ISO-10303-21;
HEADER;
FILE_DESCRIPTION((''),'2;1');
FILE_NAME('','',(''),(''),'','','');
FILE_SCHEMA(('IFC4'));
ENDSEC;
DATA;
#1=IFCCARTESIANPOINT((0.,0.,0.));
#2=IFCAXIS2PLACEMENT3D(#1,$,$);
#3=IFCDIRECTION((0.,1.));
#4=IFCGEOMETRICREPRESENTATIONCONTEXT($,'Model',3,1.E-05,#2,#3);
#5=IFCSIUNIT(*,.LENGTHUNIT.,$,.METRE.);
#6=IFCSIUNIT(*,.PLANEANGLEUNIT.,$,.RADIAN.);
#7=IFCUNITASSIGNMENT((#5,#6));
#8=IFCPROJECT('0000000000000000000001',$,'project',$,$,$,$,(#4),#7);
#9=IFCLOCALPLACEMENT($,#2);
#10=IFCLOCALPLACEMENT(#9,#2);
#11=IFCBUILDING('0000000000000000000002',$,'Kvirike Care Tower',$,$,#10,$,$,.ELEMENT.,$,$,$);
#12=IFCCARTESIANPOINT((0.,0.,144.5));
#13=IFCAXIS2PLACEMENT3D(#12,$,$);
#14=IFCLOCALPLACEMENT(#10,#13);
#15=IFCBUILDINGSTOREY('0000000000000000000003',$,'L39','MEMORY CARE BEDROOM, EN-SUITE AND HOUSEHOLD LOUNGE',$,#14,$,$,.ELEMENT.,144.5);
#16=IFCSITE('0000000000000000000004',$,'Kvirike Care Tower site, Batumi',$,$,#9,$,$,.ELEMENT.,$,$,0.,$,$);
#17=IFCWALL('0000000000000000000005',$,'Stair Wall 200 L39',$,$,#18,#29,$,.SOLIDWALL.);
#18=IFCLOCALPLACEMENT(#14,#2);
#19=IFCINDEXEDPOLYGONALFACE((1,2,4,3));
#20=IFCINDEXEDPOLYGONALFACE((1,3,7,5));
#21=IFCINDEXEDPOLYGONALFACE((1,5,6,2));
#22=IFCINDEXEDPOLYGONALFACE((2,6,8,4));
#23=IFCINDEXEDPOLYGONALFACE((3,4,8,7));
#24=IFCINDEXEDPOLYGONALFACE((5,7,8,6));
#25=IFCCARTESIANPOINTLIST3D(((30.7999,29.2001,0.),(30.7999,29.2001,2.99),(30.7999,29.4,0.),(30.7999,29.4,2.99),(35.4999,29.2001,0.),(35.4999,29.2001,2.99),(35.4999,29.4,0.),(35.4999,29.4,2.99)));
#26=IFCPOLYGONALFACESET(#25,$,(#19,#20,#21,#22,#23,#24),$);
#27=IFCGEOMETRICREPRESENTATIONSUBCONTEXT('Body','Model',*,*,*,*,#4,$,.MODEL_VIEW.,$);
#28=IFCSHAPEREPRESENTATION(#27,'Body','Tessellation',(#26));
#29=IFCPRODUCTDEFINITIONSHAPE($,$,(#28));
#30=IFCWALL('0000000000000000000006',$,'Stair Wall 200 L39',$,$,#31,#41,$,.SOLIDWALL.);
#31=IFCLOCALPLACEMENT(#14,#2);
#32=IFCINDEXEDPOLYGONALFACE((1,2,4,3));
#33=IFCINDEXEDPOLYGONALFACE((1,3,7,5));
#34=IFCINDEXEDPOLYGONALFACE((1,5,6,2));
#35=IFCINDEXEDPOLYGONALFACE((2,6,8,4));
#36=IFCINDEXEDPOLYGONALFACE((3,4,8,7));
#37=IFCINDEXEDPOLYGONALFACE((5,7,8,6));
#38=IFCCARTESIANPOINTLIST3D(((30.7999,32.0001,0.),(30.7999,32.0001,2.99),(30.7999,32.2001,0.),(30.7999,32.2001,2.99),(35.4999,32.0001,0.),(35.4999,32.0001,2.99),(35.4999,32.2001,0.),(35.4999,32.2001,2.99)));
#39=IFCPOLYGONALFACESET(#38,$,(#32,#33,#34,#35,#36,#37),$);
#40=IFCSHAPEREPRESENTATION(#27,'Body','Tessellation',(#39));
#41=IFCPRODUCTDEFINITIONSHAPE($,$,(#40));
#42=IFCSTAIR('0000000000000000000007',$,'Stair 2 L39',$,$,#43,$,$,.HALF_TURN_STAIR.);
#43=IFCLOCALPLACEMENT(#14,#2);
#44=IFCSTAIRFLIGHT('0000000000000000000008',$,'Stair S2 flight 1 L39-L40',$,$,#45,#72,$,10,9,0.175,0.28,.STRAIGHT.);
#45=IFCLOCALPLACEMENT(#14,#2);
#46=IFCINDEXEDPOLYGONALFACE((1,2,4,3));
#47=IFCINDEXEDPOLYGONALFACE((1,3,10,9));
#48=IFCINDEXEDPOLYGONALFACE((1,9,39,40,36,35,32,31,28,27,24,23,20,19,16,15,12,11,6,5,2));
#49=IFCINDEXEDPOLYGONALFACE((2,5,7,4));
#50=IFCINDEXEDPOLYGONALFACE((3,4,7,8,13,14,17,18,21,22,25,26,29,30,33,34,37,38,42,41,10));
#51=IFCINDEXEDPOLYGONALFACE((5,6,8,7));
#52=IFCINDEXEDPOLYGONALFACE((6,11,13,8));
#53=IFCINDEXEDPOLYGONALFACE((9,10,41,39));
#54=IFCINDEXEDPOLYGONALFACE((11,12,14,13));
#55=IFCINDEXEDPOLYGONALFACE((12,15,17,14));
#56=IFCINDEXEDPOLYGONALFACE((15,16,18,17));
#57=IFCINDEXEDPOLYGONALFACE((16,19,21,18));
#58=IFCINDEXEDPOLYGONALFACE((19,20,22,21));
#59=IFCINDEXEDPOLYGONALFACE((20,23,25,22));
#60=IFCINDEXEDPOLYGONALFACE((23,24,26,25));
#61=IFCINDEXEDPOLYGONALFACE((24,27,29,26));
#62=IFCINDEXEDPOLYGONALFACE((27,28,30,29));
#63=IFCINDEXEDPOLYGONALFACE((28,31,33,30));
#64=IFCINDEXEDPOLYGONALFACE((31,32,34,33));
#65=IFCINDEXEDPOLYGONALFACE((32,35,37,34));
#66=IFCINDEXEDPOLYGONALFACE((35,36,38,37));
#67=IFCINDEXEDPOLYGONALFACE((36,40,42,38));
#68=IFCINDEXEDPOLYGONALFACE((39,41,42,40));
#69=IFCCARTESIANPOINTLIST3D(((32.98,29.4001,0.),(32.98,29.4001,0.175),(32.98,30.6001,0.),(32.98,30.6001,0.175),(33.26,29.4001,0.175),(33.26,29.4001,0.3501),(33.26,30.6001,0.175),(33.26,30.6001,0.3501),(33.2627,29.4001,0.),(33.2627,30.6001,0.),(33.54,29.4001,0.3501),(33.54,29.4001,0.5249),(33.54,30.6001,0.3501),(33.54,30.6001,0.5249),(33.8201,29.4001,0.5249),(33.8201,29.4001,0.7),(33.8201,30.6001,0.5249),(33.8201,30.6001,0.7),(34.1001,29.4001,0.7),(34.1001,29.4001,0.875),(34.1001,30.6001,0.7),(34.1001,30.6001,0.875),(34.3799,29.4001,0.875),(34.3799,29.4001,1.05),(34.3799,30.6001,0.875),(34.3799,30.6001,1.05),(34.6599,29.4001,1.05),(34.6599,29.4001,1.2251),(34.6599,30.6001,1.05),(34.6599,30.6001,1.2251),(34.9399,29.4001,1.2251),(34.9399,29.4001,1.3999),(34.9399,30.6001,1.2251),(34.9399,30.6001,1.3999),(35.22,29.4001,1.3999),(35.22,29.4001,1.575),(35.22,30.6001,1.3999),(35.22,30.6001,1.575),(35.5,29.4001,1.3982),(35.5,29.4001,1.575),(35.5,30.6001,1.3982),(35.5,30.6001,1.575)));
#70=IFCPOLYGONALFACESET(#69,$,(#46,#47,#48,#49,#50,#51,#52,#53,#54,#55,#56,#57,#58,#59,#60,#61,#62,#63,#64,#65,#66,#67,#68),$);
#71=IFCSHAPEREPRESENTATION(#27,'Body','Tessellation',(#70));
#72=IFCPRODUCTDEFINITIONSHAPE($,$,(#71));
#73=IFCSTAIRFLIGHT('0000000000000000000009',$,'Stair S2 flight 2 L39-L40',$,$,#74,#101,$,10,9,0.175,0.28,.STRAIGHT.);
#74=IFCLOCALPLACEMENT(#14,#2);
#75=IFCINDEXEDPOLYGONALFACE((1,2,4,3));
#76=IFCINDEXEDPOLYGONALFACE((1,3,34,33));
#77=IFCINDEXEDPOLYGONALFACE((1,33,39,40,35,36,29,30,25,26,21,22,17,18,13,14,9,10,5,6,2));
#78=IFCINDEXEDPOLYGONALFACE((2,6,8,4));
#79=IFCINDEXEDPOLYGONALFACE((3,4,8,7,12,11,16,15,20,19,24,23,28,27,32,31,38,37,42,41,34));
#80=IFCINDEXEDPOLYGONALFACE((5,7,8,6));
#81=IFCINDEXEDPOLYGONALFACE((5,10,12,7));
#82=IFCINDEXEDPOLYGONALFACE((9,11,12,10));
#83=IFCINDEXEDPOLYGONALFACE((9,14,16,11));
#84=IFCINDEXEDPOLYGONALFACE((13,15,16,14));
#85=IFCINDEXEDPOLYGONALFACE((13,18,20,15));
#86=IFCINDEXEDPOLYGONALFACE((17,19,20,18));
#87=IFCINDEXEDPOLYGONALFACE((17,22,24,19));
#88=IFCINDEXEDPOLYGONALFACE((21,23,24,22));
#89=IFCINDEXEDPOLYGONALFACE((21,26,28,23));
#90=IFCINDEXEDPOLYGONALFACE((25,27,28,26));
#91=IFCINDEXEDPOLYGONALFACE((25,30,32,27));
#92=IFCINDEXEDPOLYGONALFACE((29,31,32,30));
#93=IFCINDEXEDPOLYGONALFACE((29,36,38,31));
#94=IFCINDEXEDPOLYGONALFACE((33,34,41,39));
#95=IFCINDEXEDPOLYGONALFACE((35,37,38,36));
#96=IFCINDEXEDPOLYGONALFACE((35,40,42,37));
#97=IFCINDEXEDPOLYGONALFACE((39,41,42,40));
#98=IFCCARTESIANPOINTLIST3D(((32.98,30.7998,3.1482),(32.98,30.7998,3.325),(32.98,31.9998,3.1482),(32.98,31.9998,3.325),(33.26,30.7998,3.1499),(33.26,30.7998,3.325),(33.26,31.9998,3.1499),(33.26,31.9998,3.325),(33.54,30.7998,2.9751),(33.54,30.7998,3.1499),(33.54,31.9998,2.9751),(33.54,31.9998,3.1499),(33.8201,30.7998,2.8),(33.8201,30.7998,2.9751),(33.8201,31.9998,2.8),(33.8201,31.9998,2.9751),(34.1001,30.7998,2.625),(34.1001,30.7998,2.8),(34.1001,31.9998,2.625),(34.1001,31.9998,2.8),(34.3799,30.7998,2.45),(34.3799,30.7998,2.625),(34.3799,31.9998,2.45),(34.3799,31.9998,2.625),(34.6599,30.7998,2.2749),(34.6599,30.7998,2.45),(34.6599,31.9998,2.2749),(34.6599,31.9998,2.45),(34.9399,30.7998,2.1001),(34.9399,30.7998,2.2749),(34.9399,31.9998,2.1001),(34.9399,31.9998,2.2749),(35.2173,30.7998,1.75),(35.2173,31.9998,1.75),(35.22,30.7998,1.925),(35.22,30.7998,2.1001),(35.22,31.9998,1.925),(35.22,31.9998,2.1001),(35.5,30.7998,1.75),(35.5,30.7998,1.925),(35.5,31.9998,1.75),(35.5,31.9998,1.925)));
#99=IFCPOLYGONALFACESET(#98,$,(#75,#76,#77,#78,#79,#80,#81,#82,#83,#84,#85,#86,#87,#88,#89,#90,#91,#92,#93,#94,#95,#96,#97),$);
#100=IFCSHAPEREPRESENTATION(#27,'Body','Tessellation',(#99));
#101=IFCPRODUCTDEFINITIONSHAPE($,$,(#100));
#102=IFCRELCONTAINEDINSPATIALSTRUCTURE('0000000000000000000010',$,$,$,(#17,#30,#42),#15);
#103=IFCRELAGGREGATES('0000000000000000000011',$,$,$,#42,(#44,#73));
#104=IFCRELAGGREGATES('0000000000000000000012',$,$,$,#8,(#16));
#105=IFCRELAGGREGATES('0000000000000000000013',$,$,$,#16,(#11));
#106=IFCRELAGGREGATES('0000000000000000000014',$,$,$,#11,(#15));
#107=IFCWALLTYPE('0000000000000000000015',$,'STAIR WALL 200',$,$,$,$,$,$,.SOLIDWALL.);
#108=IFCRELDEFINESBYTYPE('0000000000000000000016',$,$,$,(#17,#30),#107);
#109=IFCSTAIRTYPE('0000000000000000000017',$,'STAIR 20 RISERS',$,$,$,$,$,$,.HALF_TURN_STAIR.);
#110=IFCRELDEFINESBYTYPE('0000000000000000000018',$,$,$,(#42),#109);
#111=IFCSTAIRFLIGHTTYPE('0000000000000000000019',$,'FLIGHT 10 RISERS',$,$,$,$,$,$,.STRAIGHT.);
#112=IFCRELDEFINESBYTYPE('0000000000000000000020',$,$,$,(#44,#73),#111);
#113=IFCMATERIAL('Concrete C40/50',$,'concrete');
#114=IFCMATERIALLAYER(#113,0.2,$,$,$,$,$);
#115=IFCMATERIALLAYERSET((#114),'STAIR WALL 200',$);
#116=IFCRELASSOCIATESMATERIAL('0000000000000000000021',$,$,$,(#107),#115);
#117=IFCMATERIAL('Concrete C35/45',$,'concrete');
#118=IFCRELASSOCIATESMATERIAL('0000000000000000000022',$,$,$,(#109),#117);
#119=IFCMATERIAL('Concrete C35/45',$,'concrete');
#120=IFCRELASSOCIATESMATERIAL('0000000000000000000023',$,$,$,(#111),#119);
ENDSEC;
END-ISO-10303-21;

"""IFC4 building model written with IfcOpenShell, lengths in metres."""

from ifc_helpers import new_model, si_unit, direction, frame, frame_2d, origin, place, context, subcontext, project, spatial, polyline, rectangle, outline, extrude, material, layer, layer_set, type_object, element, aggregate, save


model = new_model("IFC4")

# Units and contexts
model_context = context("Model", 3, precision=1e-05, world=origin(), true_north=direction((0.0, 1.0)))
body_context = subcontext(model_context, "Body", "Model", "MODEL_VIEW")
ifc_project = project(units=[si_unit("LENGTHUNIT", "METRE"), si_unit("PLANEANGLEUNIT", "RADIAN")], contexts=[model_context])

# Site, building, storey
site_placement = place(None, origin())
site = spatial("IfcSite", under=ifc_project, at=site_placement, Name="Kvirike Care Tower site, Batumi", CompositionType="ELEMENT", RefElevation=0.0)
building_placement = place(site_placement, origin())
building = spatial("IfcBuilding", under=site, at=building_placement, Name="Kvirike Care Tower", CompositionType="ELEMENT")
storey_placement = place(building_placement, frame((0.0, 0.0, 144.5)))
storey = spatial("IfcBuildingStorey", under=building, at=storey_placement, Name="L39", Description="MEMORY CARE BEDROOM, EN-SUITE AND HOUSEHOLD LOUNGE", CompositionType="ELEMENT", Elevation=144.5)

# Walls
ifc_material_1 = material(Name="Concrete C40/50", Category="concrete")
ifc_layer_1 = layer(ifc_material_1, 0.2)
ifc_layer_set_1 = layer_set([ifc_layer_1], Name="STAIR WALL 200")
wall_type_1 = type_object("IfcWallType", Name="STAIR WALL 200", PredefinedType="SOLIDWALL", material=ifc_layer_set_1)
for number, where, z_axis, x_axis, name in (
    (1, (35.5, 29.3, 0.0), (0.0, 0.0, 1.0), (-1.0, 0.0, 0.0), "Stair Wall 200 L39"),
    (2, (35.5, 32.1001, 0.0), (0.0, 0.0, 1.0), (-1.0, 0.0, 0.0), "Stair Wall 200 L39"),
):
    element("IfcWall", number, at=place(storey_placement, frame(where, z_axis=z_axis, x_axis=x_axis)), inside=storey, type_object=wall_type_1, Name=name, PredefinedType="SOLIDWALL", context=body_context, shape_type="SweptSolid", body=[
        extrude(rectangle(XDim=4.7, YDim=0.2, at=frame_2d((2.3501, 0.0))), origin(), (0.0, 0.0, 1.0), 2.99),
    ])

# Stair, stair flights
ifc_material_2 = material(Name="Concrete C35/45", Category="concrete")
stair_type = type_object("IfcStairType", Name="STAIR 20 RISERS", PredefinedType="HALF_TURN_STAIR", material=ifc_material_2)
stair_placement = place(storey_placement, origin())
stair = element("IfcStair", 3, at=stair_placement, inside=storey, type_object=stair_type, Name="Stair 2 L39", PredefinedType="HALF_TURN_STAIR")
ifc_material_3 = material(Name="Concrete C35/45", Category="concrete")
stair_flight_type = type_object("IfcStairFlightType", Name="FLIGHT 10 RISERS", PredefinedType="STRAIGHT", material=ifc_material_3)
stair_flight_1_placement = place(storey_placement, frame((32.98, 30.0, 0.0), z_axis=(0.0, 0.0, 1.0), x_axis=(1.0, 0.0, 0.0)))
stair_flight_1 = element("IfcStairFlight", 4, at=stair_flight_1_placement, type_object=stair_flight_type, Name="Stair S2 flight 1 L39-L40", NumberOfRisers=10, NumberOfTreads=9, PredefinedType="STRAIGHT", RiserHeight=0.175, TreadLength=0.28, context=body_context, shape_type="SweptSolid", body=[
    extrude(outline(polyline([(0.0, 0.0), (0.0, 0.175), (0.28, 0.175), (0.28, 0.3501), (0.5601, 0.3501), (0.5601, 0.5249), (0.8401, 0.5249), (0.8401, 0.7), (1.1201, 0.7), (1.1201, 0.875), (1.3999, 0.875), (1.3999, 1.05), (1.6799, 1.05), (1.6799, 1.2251), (1.96, 1.2251), (1.96, 1.3999), (2.24, 1.3999), (2.24, 1.575), (2.52, 1.575), (2.52, 1.75), (2.52, 1.3982), (0.2827, 0.0), (0.0, 0.0)])), frame((0.0, 0.6001, 0.0), z_axis=(0.0, -1.0, 0.0), x_axis=(1.0, 0.0, 0.0)), (0.0, 0.0, 1.0), 1.2),
])
stair_flight_2_placement = place(storey_placement, frame((35.5, 31.3999, 1.75), z_axis=(0.0, 0.0, 1.0), x_axis=(-1.0, 0.0, 0.0)))
stair_flight_2 = element("IfcStairFlight", 5, at=stair_flight_2_placement, type_object=stair_flight_type, Name="Stair S2 flight 2 L39-L40", NumberOfRisers=10, NumberOfTreads=9, PredefinedType="STRAIGHT", RiserHeight=0.175, TreadLength=0.28, context=body_context, shape_type="SweptSolid", body=[
    extrude(outline(polyline([(0.0, 0.0), (0.0, 0.175), (0.28, 0.175), (0.28, 0.3501), (0.5601, 0.3501), (0.5601, 0.5249), (0.8401, 0.5249), (0.8401, 0.7), (1.1201, 0.7), (1.1201, 0.875), (1.3999, 0.875), (1.3999, 1.05), (1.6799, 1.05), (1.6799, 1.2251), (1.96, 1.2251), (1.96, 1.3999), (2.24, 1.3999), (2.24, 1.575), (2.52, 1.575), (2.52, 1.75), (2.52, 1.3982), (0.2827, 0.0), (0.0, 0.0)])), frame((0.0, 0.6001, 0.0), z_axis=(0.0, -1.0, 0.0), x_axis=(1.0, 0.0, 0.0)), (0.0, 0.0, 1.0), 1.2),
])
aggregate(stair, [stair_flight_1, stair_flight_2])

save(model, "model.ifc")
